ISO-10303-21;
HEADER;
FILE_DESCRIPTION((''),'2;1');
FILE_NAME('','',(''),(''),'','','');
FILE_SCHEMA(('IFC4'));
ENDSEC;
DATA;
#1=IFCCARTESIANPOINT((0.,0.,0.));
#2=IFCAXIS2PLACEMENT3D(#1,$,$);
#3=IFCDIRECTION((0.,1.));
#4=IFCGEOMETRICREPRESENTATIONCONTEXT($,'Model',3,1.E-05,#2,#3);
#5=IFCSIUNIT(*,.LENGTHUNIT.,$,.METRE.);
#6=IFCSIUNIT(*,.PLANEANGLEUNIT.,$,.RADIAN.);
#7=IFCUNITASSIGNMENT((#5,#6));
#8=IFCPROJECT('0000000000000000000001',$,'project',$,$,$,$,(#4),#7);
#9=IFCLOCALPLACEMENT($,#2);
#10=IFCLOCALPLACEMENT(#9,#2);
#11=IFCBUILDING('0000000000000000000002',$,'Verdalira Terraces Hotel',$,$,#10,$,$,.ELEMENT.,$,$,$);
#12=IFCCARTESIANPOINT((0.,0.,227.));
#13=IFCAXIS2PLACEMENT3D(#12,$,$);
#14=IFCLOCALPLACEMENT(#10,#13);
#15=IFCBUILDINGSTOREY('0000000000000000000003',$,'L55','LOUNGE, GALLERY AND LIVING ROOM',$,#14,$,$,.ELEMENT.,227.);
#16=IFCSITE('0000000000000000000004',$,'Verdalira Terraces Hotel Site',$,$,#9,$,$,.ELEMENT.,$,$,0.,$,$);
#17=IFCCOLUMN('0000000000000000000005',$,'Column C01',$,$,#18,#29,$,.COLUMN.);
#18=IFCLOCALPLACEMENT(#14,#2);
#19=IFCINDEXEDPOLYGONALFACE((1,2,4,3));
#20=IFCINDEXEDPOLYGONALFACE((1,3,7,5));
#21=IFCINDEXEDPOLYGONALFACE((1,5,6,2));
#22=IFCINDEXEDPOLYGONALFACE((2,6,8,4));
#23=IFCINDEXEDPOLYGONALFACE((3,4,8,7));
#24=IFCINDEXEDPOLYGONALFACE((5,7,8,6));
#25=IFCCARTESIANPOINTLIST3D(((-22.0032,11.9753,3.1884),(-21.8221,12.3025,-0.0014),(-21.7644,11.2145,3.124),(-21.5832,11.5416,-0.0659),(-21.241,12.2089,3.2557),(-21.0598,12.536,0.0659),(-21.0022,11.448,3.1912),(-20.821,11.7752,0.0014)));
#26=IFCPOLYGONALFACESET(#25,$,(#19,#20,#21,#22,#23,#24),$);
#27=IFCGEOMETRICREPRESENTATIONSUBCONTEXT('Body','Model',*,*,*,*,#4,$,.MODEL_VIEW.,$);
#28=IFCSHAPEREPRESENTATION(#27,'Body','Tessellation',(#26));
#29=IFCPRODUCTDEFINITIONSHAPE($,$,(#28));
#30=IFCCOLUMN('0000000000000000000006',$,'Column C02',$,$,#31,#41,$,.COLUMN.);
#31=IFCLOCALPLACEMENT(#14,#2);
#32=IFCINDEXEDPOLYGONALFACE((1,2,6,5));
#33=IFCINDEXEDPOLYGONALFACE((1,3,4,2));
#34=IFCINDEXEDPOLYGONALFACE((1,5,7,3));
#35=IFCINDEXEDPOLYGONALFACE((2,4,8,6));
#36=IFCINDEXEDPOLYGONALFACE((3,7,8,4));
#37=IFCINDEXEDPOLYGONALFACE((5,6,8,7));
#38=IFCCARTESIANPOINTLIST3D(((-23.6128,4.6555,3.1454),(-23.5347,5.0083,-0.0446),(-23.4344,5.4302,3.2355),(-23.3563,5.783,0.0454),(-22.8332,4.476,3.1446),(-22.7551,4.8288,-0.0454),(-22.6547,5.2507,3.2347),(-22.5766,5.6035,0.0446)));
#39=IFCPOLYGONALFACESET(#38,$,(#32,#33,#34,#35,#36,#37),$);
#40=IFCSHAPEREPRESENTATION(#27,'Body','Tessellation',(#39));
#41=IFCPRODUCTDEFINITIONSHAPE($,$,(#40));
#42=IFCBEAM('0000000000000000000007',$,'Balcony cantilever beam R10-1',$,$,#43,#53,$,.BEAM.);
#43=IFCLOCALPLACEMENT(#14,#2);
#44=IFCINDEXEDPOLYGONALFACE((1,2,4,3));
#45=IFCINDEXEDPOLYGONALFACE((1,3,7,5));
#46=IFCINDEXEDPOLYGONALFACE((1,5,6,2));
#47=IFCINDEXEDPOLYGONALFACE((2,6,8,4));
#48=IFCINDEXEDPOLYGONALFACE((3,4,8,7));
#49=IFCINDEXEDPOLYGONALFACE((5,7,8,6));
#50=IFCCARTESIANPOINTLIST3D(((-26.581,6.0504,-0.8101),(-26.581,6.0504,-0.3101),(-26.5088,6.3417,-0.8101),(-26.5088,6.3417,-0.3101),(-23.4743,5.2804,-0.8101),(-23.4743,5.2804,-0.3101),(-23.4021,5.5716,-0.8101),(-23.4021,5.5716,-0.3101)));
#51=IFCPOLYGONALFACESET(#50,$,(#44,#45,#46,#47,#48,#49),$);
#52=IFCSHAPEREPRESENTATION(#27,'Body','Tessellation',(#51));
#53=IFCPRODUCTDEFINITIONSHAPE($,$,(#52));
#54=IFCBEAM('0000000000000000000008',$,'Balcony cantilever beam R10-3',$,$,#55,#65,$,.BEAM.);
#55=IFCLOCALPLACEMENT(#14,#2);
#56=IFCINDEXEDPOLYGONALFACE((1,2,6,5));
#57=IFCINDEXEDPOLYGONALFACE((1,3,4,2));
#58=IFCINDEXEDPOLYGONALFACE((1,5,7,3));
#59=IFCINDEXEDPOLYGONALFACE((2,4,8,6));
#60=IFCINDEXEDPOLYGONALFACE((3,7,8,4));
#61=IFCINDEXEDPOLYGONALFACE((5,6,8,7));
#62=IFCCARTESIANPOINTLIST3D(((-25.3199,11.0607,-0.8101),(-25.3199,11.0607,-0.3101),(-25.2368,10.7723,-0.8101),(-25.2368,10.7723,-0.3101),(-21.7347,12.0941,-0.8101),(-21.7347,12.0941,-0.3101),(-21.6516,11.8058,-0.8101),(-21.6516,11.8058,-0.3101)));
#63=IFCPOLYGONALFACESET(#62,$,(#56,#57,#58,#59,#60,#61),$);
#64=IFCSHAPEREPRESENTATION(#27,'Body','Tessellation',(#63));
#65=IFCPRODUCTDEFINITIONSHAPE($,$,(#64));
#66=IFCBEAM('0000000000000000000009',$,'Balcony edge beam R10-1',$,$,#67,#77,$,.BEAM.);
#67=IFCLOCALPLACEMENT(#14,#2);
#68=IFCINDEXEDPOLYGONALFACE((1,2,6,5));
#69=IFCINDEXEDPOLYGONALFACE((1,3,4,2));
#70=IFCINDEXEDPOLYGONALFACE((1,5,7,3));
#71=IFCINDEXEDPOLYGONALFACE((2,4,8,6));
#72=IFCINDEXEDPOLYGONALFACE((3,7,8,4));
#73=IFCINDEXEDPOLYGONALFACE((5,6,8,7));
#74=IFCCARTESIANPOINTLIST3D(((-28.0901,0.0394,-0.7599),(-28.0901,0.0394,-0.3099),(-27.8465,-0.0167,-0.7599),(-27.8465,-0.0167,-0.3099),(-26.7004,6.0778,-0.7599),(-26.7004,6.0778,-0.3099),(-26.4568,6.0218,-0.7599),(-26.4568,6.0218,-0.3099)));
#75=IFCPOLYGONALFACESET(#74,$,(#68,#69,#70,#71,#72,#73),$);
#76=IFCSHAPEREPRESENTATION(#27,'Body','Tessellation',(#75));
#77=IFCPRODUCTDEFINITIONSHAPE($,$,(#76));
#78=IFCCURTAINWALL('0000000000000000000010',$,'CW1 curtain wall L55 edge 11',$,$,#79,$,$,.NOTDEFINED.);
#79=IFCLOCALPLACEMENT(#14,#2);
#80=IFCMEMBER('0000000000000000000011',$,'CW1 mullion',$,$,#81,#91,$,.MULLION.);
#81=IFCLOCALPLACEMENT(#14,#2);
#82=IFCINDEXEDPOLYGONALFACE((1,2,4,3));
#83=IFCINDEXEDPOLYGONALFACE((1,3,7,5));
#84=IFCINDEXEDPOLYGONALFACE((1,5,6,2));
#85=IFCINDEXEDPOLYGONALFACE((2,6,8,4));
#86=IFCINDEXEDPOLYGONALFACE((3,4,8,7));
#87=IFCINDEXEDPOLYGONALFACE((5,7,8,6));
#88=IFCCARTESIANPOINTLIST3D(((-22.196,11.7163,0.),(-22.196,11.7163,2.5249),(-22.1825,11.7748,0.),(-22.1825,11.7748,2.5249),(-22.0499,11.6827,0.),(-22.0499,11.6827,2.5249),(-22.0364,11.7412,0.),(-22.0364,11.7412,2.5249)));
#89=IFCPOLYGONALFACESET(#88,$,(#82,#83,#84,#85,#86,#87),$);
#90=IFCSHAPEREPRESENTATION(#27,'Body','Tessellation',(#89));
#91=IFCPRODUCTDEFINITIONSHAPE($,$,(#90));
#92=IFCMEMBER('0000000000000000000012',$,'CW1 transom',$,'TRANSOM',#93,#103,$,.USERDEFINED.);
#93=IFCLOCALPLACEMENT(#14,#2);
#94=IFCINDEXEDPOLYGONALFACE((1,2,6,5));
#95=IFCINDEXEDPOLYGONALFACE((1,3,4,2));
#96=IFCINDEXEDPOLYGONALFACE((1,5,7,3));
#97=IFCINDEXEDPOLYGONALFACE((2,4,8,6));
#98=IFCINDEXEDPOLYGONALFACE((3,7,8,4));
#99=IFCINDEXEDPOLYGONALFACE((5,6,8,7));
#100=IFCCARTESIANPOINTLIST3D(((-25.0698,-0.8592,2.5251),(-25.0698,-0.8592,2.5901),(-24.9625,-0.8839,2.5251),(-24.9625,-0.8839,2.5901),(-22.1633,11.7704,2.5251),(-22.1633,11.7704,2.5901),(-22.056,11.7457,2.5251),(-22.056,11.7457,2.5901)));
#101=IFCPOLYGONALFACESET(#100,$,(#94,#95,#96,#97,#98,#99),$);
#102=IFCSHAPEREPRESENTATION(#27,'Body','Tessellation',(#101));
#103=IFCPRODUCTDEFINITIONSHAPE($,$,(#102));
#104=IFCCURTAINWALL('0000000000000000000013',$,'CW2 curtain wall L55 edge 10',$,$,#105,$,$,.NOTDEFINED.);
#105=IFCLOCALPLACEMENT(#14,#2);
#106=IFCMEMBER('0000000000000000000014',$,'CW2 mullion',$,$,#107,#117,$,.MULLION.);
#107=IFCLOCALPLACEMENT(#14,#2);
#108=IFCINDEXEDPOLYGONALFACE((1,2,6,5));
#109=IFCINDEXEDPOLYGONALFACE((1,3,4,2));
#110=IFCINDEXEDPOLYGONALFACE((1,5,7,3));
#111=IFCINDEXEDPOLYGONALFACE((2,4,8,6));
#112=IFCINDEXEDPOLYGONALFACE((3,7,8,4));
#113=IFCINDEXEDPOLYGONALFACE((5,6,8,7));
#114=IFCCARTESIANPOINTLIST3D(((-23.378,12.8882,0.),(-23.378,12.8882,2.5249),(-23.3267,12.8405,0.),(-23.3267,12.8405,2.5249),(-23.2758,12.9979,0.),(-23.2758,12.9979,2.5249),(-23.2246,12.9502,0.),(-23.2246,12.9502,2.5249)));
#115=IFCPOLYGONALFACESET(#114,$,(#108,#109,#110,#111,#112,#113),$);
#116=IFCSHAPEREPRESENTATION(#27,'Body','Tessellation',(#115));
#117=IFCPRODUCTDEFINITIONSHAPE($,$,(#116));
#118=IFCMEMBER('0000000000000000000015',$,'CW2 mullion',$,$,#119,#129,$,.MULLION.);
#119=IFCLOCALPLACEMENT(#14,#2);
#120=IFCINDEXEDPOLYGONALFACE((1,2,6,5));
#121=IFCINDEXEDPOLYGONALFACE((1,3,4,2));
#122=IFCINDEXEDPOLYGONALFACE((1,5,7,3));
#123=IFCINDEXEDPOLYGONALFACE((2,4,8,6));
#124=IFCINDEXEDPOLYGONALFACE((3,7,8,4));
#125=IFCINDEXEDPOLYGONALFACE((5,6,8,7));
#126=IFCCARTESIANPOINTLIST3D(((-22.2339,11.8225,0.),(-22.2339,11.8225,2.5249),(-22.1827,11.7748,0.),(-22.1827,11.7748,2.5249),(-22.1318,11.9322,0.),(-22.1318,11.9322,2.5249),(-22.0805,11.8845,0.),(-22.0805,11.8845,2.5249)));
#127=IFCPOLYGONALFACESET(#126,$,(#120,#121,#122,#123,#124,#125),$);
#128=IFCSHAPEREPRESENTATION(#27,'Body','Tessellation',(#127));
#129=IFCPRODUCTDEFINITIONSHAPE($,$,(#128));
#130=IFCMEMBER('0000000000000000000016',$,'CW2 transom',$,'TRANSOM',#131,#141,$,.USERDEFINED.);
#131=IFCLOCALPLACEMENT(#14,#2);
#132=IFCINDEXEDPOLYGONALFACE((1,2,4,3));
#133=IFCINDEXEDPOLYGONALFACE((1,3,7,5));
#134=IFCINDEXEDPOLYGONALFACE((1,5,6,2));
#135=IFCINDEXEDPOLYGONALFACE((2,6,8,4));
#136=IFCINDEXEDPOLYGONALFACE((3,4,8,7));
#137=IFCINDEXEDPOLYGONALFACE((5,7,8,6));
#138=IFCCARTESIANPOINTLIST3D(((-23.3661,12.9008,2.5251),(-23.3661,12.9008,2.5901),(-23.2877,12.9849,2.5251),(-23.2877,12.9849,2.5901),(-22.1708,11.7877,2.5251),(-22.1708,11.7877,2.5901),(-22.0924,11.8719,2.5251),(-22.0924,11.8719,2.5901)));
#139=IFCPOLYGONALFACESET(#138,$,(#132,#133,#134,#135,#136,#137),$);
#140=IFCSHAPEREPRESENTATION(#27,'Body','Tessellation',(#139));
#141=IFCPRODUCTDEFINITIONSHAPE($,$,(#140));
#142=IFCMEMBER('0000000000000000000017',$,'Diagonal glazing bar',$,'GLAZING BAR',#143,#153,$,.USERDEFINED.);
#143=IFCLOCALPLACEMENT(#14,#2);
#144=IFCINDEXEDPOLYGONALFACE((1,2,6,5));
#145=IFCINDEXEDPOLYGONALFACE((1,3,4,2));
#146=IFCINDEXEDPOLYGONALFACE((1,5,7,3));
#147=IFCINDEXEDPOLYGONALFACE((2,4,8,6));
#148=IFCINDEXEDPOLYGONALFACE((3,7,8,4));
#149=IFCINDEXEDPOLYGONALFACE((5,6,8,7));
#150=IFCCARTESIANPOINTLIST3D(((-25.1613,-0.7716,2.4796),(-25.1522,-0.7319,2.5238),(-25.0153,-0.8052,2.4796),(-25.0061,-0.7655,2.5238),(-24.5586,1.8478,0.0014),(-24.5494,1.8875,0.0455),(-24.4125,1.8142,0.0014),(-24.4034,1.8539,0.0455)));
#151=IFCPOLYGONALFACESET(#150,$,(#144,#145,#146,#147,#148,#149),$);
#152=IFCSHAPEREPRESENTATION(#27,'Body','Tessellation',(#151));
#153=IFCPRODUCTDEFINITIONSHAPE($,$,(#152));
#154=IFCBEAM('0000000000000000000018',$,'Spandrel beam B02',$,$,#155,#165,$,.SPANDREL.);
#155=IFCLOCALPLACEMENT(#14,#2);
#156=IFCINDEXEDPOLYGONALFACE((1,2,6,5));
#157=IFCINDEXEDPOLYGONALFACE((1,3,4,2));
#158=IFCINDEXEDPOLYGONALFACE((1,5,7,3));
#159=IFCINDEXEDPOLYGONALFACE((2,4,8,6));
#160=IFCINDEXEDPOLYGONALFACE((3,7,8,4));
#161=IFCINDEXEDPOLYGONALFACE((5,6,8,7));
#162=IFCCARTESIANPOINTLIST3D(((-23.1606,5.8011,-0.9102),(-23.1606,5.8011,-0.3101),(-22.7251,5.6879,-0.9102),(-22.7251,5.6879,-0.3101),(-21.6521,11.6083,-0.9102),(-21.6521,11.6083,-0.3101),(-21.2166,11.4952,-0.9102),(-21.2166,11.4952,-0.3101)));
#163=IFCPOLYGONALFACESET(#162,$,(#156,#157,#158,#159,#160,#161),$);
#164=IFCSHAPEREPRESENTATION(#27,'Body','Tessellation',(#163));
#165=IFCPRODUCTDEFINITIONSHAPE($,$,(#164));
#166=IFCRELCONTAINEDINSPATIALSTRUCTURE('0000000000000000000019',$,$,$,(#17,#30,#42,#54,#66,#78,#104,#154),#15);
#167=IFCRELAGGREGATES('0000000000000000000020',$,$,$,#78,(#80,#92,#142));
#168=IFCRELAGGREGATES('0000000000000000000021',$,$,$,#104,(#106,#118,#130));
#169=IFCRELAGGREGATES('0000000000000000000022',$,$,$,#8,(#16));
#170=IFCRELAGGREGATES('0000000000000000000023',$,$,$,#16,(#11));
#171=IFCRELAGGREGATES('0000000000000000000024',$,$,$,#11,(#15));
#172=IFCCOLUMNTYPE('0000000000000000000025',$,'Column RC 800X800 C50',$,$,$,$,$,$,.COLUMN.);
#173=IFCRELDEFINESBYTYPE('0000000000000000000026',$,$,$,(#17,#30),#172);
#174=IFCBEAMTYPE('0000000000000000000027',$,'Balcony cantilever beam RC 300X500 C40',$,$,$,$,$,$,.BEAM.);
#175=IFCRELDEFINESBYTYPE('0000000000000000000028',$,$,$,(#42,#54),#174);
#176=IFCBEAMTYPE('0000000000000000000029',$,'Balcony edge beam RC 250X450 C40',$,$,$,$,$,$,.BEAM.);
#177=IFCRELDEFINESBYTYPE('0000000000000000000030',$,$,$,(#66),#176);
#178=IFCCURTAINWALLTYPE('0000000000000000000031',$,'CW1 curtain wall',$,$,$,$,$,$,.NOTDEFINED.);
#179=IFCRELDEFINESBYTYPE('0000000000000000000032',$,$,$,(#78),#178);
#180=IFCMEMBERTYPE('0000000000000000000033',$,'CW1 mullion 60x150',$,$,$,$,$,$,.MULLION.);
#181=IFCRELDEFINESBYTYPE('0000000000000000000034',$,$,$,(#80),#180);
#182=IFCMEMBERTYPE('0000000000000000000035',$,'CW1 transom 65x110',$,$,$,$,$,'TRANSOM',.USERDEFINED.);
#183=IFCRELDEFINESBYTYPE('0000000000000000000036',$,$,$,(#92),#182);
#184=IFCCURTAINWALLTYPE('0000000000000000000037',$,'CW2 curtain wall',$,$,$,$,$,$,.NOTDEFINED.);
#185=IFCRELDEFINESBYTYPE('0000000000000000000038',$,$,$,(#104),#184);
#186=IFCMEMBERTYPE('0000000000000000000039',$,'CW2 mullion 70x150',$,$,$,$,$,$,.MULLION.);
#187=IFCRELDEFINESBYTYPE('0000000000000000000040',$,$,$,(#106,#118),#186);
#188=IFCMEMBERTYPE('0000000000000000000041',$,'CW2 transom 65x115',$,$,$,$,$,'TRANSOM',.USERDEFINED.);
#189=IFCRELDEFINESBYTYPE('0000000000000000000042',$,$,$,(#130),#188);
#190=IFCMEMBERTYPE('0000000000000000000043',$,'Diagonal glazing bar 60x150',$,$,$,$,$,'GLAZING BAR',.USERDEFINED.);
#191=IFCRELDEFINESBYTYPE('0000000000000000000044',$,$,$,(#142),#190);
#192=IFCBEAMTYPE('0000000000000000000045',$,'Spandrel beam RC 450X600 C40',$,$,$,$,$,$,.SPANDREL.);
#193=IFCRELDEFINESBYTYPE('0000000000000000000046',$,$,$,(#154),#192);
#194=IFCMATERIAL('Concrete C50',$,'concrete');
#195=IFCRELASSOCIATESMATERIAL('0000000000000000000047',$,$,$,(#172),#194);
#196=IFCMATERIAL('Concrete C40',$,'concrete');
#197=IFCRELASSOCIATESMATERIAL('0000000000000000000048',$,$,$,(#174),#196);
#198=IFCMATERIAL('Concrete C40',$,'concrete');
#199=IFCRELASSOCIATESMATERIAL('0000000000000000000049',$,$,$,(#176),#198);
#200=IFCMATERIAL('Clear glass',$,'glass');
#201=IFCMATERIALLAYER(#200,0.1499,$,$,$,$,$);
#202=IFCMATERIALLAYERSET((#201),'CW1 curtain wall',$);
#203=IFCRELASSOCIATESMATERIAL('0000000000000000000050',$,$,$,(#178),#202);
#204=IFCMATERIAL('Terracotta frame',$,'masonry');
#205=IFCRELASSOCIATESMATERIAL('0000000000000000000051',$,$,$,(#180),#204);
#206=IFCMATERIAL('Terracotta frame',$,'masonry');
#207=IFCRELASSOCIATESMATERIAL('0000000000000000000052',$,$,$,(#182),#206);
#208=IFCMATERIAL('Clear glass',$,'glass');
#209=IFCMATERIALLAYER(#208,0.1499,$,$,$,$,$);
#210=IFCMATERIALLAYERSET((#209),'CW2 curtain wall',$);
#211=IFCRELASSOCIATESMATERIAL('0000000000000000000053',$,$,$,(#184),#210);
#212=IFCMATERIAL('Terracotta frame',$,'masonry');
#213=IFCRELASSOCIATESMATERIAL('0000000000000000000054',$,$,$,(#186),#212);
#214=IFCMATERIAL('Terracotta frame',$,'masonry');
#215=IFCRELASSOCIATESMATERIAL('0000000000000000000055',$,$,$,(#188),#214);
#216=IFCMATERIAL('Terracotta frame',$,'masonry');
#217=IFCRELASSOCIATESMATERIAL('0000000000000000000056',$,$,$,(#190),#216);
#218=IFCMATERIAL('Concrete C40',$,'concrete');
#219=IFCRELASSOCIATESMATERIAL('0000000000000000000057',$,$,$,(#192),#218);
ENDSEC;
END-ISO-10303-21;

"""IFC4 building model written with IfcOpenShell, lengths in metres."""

from ifc_helpers import new_model, si_unit, direction, frame, origin, origin_2d, place, context, subcontext, project, spatial, rectangle, extrude, material, layer, layer_set, material_profile, profile_set, type_object, element, aggregate, save


model = new_model("IFC4")

# Units and contexts
model_context = context("Model", 3, precision=1e-05, world=origin(), true_north=direction((0.0, 1.0)))
body_context = subcontext(model_context, "Body", "Model", "MODEL_VIEW")
ifc_project = project(units=[si_unit("LENGTHUNIT", "METRE"), si_unit("PLANEANGLEUNIT", "RADIAN")], contexts=[model_context])

# Site, building, storey
site_placement = place(None, origin())
site = spatial("IfcSite", under=ifc_project, at=site_placement, Name="Verdalira Terraces Hotel Site", CompositionType="ELEMENT", RefElevation=0.0)
building_placement = place(site_placement, origin())
building = spatial("IfcBuilding", under=site, at=building_placement, Name="Verdalira Terraces Hotel", CompositionType="ELEMENT")
storey_placement = place(building_placement, frame((0.0, 0.0, 227.0)))
storey = spatial("IfcBuildingStorey", under=building, at=storey_placement, Name="L55", Description="LOUNGE, GALLERY AND LIVING ROOM", CompositionType="ELEMENT", Elevation=227.0)

# Columns
ifc_material_1 = material(Name="Concrete C50", Category="concrete")
ifc_material_profile_1 = material_profile(ifc_material_1, rectangle(XDim=0.8, YDim=0.8, at=origin_2d()), Name="RC 800X800")
ifc_profile_set_1 = profile_set([ifc_material_profile_1], Name="Concrete C50")
column_type = type_object("IfcColumnType", Name="Column RC 800X800 C50", PredefinedType="COLUMN", material=ifc_profile_set_1)
column_1_placement = place(storey_placement, frame((-21.3215, 12.0388, 0.0), z_axis=(-0.056402, -0.101859, 0.993199), x_axis=(-0.298505, 0.951, 0.080579)))
element("IfcColumn", 1, at=column_1_placement, inside=storey, type_object=column_type, Name="Column C01", PredefinedType="COLUMN", context=body_context, shape_type="SweptSolid", body=[
    extrude(rectangle(XDim=0.8, YDim=0.8, at=origin_2d()), origin(), (0.0, 0.0, 1.0), 3.2117),
])
column_2_placement = place(storey_placement, frame((-23.0557, 5.3059, 0.0), z_axis=(-0.024335, -0.10989, 0.993646), x_axis=(-0.223066, -0.968284, -0.112548)))
element("IfcColumn", 2, at=column_2_placement, inside=storey, type_object=column_type, Name="Column C02", PredefinedType="COLUMN", context=body_context, shape_type="SweptSolid", body=[
    extrude(rectangle(XDim=0.8, YDim=0.8, at=origin_2d()), origin(), (0.0, 0.0, 1.0), 3.2104),
])

# Beams
ifc_material_2 = material(Name="Concrete C40", Category="concrete")
ifc_material_profile_2 = material_profile(ifc_material_2, rectangle(XDim=0.3, YDim=0.5, at=origin_2d()), Name="RC 300X500")
ifc_profile_set_2 = profile_set([ifc_material_profile_2], Name="Concrete C40")
beam_type_1 = type_object("IfcBeamType", Name="Balcony cantilever beam RC 300X500 C40", PredefinedType="BEAM", material=ifc_profile_set_2)
beam_1_placement = place(storey_placement, frame((-23.4382, 5.426, -0.5601), z_axis=(-0.97063, 0.240579, 0.0), x_axis=(-0.240579, -0.97063, 0.0)))
element("IfcBeam", 3, at=beam_1_placement, inside=storey, type_object=beam_type_1, Name="Balcony cantilever beam R10-1", PredefinedType="BEAM", context=body_context, shape_type="SweptSolid", body=[
    extrude(rectangle(XDim=0.3, YDim=0.5, at=origin_2d()), origin(), (0.0, 0.0, 1.0), 3.2007),
])
beam_2_placement = place(storey_placement, frame((-21.6931, 11.95, -0.5601), z_axis=(-0.960877, -0.276976, 0.0), x_axis=(0.276976, -0.960877, 0.0)))
element("IfcBeam", 4, at=beam_2_placement, inside=storey, type_object=beam_type_1, Name="Balcony cantilever beam R10-3", PredefinedType="BEAM", context=body_context, shape_type="SweptSolid", body=[
    extrude(rectangle(XDim=0.3, YDim=0.5, at=origin_2d()), origin(), (0.0, 0.0, 1.0), 3.7312),
])
ifc_material_3 = material(Name="Concrete C40", Category="concrete")
ifc_material_profile_3 = material_profile(ifc_material_3, rectangle(XDim=0.25, YDim=0.45, at=origin_2d()), Name="RC 250X450")
ifc_profile_set_3 = profile_set([ifc_material_profile_3], Name="Concrete C40")
beam_type_2 = type_object("IfcBeamType", Name="Balcony edge beam RC 250X450 C40", PredefinedType="BEAM", material=ifc_profile_set_3)
beam_3_placement = place(storey_placement, frame((-26.5786, 6.0498, -0.5349), z_axis=(-0.224275, -0.974526, 0.0), x_axis=(0.974526, -0.224275, 0.0)))
element("IfcBeam", 5, at=beam_3_placement, inside=storey, type_object=beam_type_2, Name="Balcony edge beam R10-1", PredefinedType="BEAM", context=body_context, shape_type="SweptSolid", body=[
    extrude(rectangle(XDim=0.25, YDim=0.45, at=origin_2d()), origin(), (0.0, 0.0, 1.0), 6.1963),
])

# Curtain walls, members
ifc_material_4 = material(Name="Clear glass", Category="glass")
ifc_layer_1 = layer(ifc_material_4, 0.1499)
ifc_layer_set_1 = layer_set([ifc_layer_1], Name="CW1 curtain wall")
curtain_wall_type_1 = type_object("IfcCurtainWallType", Name="CW1 curtain wall", PredefinedType="NOTDEFINED", material=ifc_layer_set_1)
curtain_wall_1_placement = place(storey_placement, origin())
curtain_wall_1 = element("IfcCurtainWall", 6, at=curtain_wall_1_placement, inside=storey, type_object=curtain_wall_type_1, Name="CW1 curtain wall L55 edge 11", PredefinedType="NOTDEFINED")
ifc_material_5 = material(Name="Terracotta frame", Category="masonry")
ifc_material_profile_4 = material_profile(ifc_material_5, rectangle(XDim=0.0601, YDim=0.1499, at=origin_2d()), Name="MU 60x150")
ifc_profile_set_4 = profile_set([ifc_material_profile_4], Name="Terracotta frame")
member_type_1 = type_object("IfcMemberType", Name="CW1 mullion 60x150", PredefinedType="MULLION", material=ifc_profile_set_4)
member_1_placement = place(storey_placement, frame((-22.1162, 11.7288, 0.0), z_axis=(0.0, 0.0, 1.0), x_axis=(-0.224271, -0.974527, 0.0)))
member_1 = element("IfcMember", 7, at=member_1_placement, type_object=member_type_1, Name="CW1 mullion", PredefinedType="MULLION", context=body_context, shape_type="SweptSolid", body=[
    extrude(rectangle(XDim=0.0601, YDim=0.1499, at=origin_2d()), origin(), (0.0, 0.0, 1.0), 2.5249),
])
ifc_material_6 = material(Name="Terracotta frame", Category="masonry")
ifc_material_profile_5 = material_profile(ifc_material_6, rectangle(XDim=0.1101, YDim=0.0649, at=origin_2d()), Name="TR 65x110")
ifc_profile_set_5 = profile_set([ifc_material_profile_5], Name="Terracotta frame")
member_type_2 = type_object("IfcMemberType", Name="CW1 transom 65x110", ElementType="TRANSOM", PredefinedType="USERDEFINED", material=ifc_profile_set_5)
member_2_placement = place(storey_placement, frame((-22.1096, 11.7581, 2.5576), z_axis=(-0.224271, -0.974527, 0.0), x_axis=(0.974527, -0.224271, 0.0)))
member_2 = element("IfcMember", 8, at=member_2_placement, type_object=member_type_2, Name="CW1 transom", ObjectType="TRANSOM", PredefinedType="USERDEFINED", context=body_context, shape_type="SweptSolid", body=[
    extrude(rectangle(XDim=0.1101, YDim=0.0649, at=origin_2d()), origin(), (0.0, 0.0, 1.0), 12.9597),
])
ifc_material_7 = material(Name="Clear glass", Category="glass")
ifc_layer_2 = layer(ifc_material_7, 0.1499)
ifc_layer_set_2 = layer_set([ifc_layer_2], Name="CW2 curtain wall")
curtain_wall_type_2 = type_object("IfcCurtainWallType", Name="CW2 curtain wall", PredefinedType="NOTDEFINED", material=ifc_layer_set_2)
curtain_wall_2_placement = place(storey_placement, origin())
curtain_wall_2 = element("IfcCurtainWall", 9, at=curtain_wall_2_placement, inside=storey, type_object=curtain_wall_type_2, Name="CW2 curtain wall L55 edge 10", PredefinedType="NOTDEFINED")
ifc_material_8 = material(Name="Terracotta frame", Category="masonry")
ifc_material_profile_6 = material_profile(ifc_material_8, rectangle(XDim=0.0701, YDim=0.1499, at=origin_2d()), Name="MU 70x150")
ifc_profile_set_6 = profile_set([ifc_material_profile_6], Name="Terracotta frame")
member_type_3 = type_object("IfcMemberType", Name="CW2 mullion 70x150", PredefinedType="MULLION", material=ifc_profile_set_6)
member_3_placement = place(storey_placement, frame((-23.3013, 12.9192, 0.0), z_axis=(0.0, 0.0, 1.0), x_axis=(0.73183, -0.681488, 0.0)))
member_3 = element("IfcMember", 10, at=member_3_placement, type_object=member_type_3, Name="CW2 mullion", PredefinedType="MULLION", context=body_context, shape_type="SweptSolid", body=[
    extrude(rectangle(XDim=0.0701, YDim=0.1499, at=origin_2d()), origin(), (0.0, 0.0, 1.0), 2.5249),
])
member_4_placement = place(storey_placement, frame((-22.1572, 11.8535, 0.0), z_axis=(0.0, 0.0, 1.0), x_axis=(0.73183, -0.681488, 0.0)))
member_4 = element("IfcMember", 11, at=member_4_placement, type_object=member_type_3, Name="CW2 mullion", PredefinedType="MULLION", context=body_context, shape_type="SweptSolid", body=[
    extrude(rectangle(XDim=0.0701, YDim=0.1499, at=origin_2d()), origin(), (0.0, 0.0, 1.0), 2.5249),
])
ifc_material_9 = material(Name="Terracotta frame", Category="masonry")
ifc_material_profile_7 = material_profile(ifc_material_9, rectangle(XDim=0.115, YDim=0.0649, at=origin_2d()), Name="TR 65x115")
ifc_profile_set_7 = profile_set([ifc_material_profile_7], Name="Terracotta frame")
member_type_4 = type_object("IfcMemberType", Name="CW2 transom 65x115", ElementType="TRANSOM", PredefinedType="USERDEFINED", material=ifc_profile_set_7)
member_5_placement = place(storey_placement, frame((-23.3269, 12.9429, 2.5576), z_axis=(0.731845, -0.681471, 0.0), x_axis=(0.681471, 0.731845, 0.0)))
member_5 = element("IfcMember", 12, at=member_5_placement, type_object=member_type_4, Name="CW2 transom", ObjectType="TRANSOM", PredefinedType="USERDEFINED", context=body_context, shape_type="SweptSolid", body=[
    extrude(rectangle(XDim=0.115, YDim=0.0649, at=origin_2d()), origin(), (0.0, 0.0, 1.0), 1.6333),
])

# Member
ifc_material_10 = material(Name="Terracotta frame", Category="masonry")
ifc_material_profile_8 = material_profile(ifc_material_10, rectangle(XDim=0.1499, YDim=0.0601, at=origin_2d()), Name="GB 60x150")
ifc_profile_set_8 = profile_set([ifc_material_profile_8], Name="Terracotta frame")
member_type_5 = type_object("IfcMemberType", Name="Diagonal glazing bar 60x150", ElementType="GLAZING BAR", PredefinedType="USERDEFINED", material=ifc_profile_set_8)
member_6_placement = place(storey_placement, frame((-24.481, 1.8508, 0.0234), z_axis=(-0.164875, -0.716461, 0.677864), x_axis=(0.974529, -0.224262, 0.0)))
member_6 = element("IfcMember", 13, at=member_6_placement, type_object=member_type_5, Name="Diagonal glazing bar", ObjectType="GLAZING BAR", PredefinedType="USERDEFINED", context=body_context, shape_type="SweptSolid", body=[
    extrude(rectangle(XDim=0.1499, YDim=0.0601, at=origin_2d()), origin(), (0.0, 0.0, 1.0), 3.656),
])

# Beam
ifc_material_11 = material(Name="Concrete C40", Category="concrete")
ifc_material_profile_9 = material_profile(ifc_material_11, rectangle(XDim=0.45, YDim=0.6001, at=origin_2d()), Name="RC 450X600")
ifc_profile_set_9 = profile_set([ifc_material_profile_9], Name="Concrete C40")
beam_type_3 = type_object("IfcBeamType", Name="Spandrel beam RC 450X600 C40", PredefinedType="SPANDREL", material=ifc_profile_set_9)
beam_4_placement = place(storey_placement, frame((-21.4343, 11.5518, -0.6101), z_axis=(-0.25142, -0.967878, 0.0), x_axis=(0.967878, -0.25142, 0.0)))
element("IfcBeam", 14, at=beam_4_placement, inside=storey, type_object=beam_type_3, Name="Spandrel beam B02", PredefinedType="SPANDREL", context=body_context, shape_type="SweptSolid", body=[
    extrude(rectangle(XDim=0.45, YDim=0.6001, at=origin_2d()), origin(), (0.0, 0.0, 1.0), 6.0),
])

aggregate(curtain_wall_1, [member_1, member_2, member_6])
aggregate(curtain_wall_2, [member_3, member_4, member_5])

save(model, "model.ifc")
